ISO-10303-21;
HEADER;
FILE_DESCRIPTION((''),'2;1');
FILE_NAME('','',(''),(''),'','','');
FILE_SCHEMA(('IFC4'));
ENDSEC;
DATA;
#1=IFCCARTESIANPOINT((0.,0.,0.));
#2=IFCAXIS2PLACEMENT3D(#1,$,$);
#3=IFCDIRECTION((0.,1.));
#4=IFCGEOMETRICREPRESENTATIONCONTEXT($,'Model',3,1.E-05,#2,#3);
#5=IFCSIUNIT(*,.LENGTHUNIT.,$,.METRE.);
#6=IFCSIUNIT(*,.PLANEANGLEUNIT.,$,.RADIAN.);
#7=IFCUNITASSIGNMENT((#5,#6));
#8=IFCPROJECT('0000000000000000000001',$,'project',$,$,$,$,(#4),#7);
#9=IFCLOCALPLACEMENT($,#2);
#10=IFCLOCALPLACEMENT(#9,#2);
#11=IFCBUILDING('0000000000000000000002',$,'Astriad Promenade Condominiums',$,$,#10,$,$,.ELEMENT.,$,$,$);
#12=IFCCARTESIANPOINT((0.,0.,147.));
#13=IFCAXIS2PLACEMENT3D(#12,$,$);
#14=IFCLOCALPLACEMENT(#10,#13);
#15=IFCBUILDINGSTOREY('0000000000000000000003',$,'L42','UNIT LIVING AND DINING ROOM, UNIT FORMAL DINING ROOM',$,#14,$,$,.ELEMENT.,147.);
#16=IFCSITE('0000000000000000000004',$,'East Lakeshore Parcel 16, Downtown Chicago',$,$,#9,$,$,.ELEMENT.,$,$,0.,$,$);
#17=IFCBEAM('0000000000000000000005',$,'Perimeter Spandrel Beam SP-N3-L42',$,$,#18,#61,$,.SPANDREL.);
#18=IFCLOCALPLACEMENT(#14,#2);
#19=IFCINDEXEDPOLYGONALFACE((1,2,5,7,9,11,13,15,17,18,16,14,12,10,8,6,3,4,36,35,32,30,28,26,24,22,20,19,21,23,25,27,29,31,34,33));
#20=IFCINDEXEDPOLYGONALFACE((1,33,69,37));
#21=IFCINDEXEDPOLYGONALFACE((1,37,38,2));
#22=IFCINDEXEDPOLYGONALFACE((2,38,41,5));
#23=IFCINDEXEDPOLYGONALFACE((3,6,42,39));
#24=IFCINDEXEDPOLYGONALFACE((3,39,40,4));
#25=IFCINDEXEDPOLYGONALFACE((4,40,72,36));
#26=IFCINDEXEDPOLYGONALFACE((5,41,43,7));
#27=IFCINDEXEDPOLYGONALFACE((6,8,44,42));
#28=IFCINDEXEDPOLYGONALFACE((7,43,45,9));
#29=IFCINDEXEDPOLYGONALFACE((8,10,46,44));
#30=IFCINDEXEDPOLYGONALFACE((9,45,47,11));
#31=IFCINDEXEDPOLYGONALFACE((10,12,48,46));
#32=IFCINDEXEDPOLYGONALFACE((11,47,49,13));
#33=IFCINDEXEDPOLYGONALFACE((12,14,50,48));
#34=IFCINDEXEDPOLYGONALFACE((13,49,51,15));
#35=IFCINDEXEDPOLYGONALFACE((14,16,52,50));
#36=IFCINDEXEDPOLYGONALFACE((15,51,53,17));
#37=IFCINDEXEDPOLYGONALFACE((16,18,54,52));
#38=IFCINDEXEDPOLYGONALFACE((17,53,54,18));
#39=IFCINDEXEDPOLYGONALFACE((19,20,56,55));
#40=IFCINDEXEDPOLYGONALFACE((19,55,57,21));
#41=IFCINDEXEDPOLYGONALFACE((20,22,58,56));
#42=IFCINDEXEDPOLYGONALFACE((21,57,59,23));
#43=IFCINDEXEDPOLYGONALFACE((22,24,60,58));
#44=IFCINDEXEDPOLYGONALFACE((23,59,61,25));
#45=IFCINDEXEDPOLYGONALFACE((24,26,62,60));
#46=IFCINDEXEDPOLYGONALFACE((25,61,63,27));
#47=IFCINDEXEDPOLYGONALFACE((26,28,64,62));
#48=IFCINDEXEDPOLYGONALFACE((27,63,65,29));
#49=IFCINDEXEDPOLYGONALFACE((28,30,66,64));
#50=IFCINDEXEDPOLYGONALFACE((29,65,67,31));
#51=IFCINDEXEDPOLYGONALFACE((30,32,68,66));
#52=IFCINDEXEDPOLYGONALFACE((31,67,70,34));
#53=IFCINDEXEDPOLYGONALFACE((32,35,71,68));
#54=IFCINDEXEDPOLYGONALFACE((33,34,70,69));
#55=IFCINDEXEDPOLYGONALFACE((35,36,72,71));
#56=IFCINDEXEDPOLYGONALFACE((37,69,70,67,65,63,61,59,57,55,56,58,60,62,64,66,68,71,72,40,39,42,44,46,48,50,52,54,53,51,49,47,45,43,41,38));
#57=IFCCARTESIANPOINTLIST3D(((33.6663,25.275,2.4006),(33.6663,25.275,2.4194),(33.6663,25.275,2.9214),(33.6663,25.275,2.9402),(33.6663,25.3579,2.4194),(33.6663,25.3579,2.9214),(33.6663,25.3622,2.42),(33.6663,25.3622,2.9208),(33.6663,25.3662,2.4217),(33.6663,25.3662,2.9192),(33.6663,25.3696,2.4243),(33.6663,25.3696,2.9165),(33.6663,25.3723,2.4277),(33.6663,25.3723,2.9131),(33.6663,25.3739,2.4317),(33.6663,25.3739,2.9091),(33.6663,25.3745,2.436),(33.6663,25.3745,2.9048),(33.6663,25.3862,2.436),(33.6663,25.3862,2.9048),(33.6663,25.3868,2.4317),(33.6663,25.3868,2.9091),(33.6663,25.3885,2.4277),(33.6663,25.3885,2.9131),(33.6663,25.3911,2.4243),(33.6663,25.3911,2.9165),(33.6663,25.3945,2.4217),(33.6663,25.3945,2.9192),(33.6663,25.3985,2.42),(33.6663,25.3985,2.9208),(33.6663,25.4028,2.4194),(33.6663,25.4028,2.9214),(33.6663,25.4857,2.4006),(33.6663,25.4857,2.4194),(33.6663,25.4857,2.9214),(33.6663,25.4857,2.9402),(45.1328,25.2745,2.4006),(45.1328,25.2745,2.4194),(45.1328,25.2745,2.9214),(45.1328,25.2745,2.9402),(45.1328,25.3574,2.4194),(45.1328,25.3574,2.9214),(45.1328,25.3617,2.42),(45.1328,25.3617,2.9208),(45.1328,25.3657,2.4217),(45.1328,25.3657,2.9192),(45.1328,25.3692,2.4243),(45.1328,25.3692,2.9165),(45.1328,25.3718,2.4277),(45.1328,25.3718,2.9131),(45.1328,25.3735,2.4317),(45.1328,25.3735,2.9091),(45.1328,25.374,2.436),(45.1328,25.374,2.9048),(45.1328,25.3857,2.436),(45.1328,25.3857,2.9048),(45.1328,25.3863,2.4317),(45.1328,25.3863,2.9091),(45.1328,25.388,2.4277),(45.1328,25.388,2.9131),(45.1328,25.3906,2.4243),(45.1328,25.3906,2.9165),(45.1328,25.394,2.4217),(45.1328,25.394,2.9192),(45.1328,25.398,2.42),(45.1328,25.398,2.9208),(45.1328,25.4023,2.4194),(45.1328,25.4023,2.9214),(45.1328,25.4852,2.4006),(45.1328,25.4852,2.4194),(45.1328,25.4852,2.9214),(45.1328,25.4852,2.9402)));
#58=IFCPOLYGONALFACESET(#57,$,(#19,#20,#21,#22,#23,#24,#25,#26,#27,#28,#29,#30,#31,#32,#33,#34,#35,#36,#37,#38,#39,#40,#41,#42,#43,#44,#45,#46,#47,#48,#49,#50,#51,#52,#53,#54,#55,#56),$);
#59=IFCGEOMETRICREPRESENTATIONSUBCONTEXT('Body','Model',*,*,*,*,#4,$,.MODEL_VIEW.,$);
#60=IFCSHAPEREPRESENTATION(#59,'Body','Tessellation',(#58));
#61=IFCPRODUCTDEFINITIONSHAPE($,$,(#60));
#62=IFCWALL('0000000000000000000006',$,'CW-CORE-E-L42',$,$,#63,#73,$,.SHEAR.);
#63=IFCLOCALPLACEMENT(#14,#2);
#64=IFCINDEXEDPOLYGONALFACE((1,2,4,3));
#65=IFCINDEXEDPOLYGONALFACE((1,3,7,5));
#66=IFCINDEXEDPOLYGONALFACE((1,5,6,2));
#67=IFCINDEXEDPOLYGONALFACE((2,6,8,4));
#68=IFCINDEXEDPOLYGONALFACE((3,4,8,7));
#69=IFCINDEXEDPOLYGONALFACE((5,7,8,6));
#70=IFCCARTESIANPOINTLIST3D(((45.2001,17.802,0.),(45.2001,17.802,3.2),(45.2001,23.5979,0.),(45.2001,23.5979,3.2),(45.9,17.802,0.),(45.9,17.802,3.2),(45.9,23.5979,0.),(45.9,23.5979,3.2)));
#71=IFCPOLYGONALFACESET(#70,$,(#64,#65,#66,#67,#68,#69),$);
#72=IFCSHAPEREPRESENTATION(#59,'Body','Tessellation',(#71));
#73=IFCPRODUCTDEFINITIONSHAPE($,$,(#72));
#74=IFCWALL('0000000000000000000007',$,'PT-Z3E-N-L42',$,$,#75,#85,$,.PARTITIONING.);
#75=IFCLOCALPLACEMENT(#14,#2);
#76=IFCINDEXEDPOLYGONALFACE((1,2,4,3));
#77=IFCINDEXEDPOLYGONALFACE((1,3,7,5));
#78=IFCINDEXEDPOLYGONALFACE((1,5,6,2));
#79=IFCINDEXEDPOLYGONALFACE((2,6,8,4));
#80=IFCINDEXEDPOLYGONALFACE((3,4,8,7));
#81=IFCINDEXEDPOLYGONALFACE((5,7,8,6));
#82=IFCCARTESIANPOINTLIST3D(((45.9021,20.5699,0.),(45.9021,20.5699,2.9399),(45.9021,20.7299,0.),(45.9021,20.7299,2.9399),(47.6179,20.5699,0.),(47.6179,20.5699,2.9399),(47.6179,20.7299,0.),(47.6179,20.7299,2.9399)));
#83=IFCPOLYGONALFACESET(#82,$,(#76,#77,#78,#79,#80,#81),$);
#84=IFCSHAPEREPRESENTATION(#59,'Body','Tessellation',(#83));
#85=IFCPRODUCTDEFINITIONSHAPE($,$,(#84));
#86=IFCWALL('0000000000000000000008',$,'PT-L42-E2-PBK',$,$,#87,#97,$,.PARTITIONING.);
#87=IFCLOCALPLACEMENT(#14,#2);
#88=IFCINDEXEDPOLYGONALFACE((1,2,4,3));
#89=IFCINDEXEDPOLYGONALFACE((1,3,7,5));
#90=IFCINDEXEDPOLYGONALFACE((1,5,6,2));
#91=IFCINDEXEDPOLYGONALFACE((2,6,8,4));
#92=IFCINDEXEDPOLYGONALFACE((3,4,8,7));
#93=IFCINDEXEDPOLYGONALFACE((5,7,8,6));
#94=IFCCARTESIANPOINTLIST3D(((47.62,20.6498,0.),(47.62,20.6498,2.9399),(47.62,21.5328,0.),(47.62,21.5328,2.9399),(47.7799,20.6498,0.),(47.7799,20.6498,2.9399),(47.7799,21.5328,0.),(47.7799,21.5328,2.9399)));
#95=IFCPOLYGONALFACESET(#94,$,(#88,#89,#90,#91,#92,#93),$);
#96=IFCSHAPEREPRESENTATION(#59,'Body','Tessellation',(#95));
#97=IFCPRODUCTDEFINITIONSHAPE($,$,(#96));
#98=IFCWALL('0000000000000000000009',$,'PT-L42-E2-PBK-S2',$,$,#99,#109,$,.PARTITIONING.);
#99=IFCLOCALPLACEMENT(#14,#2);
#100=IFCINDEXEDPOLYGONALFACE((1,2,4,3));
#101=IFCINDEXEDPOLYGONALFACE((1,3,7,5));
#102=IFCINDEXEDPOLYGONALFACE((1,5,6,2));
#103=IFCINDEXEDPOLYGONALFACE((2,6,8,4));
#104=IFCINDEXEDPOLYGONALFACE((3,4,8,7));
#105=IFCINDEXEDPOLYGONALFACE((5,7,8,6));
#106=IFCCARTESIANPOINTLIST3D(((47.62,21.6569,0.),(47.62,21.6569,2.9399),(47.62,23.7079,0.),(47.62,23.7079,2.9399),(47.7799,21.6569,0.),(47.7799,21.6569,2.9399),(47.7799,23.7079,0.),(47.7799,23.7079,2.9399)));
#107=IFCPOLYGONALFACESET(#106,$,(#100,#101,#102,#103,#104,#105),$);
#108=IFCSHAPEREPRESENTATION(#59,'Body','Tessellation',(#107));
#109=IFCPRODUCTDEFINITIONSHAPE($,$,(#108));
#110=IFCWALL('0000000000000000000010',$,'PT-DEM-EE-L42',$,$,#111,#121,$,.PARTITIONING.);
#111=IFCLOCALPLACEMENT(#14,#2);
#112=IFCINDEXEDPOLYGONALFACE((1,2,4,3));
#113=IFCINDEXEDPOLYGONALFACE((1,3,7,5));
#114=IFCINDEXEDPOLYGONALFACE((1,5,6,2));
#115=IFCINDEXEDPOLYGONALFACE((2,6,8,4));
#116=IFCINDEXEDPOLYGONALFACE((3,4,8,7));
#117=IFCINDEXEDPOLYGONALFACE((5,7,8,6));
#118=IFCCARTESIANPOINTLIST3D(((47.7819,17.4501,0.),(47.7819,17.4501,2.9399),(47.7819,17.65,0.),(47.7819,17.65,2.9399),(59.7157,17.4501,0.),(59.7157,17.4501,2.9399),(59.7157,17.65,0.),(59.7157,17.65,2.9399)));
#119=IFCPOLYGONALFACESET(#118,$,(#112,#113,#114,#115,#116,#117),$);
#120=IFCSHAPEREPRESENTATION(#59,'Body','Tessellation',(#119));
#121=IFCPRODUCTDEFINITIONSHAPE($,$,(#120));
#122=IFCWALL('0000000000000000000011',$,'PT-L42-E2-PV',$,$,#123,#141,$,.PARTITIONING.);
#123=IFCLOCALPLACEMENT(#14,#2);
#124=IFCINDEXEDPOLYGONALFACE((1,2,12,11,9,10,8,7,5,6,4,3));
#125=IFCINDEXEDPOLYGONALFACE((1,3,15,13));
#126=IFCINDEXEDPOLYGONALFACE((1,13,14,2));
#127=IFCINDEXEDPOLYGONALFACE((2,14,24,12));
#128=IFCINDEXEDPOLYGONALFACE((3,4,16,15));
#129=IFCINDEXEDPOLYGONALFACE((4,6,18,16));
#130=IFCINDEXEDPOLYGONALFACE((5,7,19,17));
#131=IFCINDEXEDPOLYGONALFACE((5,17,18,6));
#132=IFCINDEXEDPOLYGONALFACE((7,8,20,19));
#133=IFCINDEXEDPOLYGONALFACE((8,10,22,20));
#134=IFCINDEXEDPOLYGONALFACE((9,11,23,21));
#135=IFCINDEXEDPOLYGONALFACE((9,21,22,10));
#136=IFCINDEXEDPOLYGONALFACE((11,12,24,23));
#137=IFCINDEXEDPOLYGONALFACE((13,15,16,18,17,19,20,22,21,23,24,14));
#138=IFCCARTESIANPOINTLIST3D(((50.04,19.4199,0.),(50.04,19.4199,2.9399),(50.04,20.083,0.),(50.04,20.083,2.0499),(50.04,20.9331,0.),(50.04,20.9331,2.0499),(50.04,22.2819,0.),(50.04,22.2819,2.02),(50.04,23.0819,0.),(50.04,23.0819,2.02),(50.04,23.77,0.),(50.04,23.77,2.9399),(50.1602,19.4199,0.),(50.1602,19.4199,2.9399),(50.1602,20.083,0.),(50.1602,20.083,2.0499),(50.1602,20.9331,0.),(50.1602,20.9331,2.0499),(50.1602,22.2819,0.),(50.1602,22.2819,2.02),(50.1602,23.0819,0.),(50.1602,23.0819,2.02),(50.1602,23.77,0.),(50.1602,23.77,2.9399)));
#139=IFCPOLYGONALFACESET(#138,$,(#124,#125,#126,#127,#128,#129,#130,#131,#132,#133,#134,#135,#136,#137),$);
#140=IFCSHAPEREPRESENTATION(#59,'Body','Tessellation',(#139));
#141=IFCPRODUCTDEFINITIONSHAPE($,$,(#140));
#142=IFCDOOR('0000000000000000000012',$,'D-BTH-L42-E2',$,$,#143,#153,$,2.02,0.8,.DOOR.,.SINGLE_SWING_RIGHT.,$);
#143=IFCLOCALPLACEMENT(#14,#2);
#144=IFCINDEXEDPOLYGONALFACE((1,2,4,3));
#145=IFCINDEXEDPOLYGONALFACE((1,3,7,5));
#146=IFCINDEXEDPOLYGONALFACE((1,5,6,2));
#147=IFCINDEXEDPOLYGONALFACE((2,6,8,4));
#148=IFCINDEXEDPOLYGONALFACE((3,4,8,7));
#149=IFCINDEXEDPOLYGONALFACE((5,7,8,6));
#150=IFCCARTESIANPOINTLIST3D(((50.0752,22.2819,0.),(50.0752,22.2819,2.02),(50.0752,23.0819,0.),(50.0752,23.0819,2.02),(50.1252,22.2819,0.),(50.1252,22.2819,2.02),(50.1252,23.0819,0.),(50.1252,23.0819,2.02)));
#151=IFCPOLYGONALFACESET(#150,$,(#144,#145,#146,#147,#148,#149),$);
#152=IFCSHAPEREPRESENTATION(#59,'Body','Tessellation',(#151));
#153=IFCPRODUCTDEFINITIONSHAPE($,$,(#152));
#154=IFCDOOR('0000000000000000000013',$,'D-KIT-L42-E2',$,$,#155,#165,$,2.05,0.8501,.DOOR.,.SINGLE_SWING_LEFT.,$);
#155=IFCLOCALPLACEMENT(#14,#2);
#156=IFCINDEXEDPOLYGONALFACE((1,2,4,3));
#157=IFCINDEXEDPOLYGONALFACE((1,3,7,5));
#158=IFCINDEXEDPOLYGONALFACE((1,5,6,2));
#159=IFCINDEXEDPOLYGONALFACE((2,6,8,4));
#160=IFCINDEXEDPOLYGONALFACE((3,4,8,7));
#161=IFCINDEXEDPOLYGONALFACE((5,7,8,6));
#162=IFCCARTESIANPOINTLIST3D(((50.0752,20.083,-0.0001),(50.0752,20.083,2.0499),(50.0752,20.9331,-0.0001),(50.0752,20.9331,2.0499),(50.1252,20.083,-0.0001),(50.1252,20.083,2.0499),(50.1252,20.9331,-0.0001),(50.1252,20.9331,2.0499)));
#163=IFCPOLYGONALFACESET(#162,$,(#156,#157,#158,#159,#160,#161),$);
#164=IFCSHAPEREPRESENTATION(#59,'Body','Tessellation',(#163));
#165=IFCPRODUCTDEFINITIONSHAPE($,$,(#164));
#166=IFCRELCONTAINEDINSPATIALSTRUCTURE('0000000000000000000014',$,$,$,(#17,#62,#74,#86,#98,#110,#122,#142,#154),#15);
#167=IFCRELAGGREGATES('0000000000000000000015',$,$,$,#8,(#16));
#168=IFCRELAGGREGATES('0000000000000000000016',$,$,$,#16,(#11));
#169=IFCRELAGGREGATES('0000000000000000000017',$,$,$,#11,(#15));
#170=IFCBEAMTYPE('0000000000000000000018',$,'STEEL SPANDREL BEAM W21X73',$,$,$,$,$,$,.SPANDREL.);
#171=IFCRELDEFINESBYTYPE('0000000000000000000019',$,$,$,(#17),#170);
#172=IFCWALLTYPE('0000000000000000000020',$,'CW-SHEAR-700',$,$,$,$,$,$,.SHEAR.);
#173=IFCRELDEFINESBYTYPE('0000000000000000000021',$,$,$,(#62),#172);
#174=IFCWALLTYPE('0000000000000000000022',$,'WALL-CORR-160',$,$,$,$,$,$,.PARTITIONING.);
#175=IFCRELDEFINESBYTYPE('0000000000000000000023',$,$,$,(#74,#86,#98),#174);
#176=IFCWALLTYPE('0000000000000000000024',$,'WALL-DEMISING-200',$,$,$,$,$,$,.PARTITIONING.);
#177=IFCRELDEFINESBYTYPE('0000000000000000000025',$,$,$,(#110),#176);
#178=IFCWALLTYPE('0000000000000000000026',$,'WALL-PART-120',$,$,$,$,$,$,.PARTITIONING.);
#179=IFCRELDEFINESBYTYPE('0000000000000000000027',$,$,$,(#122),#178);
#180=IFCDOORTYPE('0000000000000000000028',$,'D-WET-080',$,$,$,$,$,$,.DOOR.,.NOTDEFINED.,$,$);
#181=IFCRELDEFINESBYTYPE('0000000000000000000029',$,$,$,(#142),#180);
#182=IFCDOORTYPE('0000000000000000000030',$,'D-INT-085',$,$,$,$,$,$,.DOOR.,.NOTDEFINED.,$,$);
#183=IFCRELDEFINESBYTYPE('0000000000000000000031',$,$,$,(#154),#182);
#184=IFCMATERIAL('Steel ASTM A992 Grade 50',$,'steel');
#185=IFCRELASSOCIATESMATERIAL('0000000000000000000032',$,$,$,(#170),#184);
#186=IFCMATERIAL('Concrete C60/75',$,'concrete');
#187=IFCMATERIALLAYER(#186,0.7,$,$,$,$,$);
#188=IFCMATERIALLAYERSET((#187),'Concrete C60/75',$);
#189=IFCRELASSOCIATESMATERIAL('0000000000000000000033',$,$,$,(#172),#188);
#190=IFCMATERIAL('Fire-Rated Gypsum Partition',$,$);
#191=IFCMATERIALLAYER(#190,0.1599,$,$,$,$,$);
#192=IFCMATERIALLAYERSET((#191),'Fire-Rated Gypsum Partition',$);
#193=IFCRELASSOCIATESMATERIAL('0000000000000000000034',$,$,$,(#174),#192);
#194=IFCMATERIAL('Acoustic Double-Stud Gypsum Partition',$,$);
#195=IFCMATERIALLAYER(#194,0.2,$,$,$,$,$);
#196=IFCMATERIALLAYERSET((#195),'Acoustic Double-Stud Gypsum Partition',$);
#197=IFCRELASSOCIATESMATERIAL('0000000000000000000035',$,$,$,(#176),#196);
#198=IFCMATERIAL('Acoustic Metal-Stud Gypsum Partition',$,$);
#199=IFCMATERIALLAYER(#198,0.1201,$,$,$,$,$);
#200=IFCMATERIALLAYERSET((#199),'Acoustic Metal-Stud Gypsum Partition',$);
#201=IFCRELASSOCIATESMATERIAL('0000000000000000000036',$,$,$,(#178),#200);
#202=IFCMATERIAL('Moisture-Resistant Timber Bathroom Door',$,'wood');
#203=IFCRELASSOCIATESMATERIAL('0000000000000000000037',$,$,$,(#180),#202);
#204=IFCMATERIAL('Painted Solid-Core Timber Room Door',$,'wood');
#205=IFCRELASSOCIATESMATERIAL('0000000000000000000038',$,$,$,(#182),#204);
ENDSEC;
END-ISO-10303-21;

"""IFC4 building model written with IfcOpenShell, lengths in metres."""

from ifc_helpers import new_model, si_unit, direction, frame, frame_2d, origin, origin_2d, place, context, subcontext, project, spatial, rectangle, i_section, extrude, source, transform, mapped, material, layer, layer_set, material_profile, profile_set, type_object, type_shapes, element, fill, save


model = new_model("IFC4")

# Units and contexts
model_context = context("Model", 3, precision=1e-05, world=origin(), true_north=direction((0.0, 1.0)))
body_context = subcontext(model_context, "Body", "Model", "MODEL_VIEW")
ifc_project = project(units=[si_unit("LENGTHUNIT", "METRE"), si_unit("PLANEANGLEUNIT", "RADIAN")], contexts=[model_context])

# Site, building, storey
site_placement = place(None, origin())
site = spatial("IfcSite", under=ifc_project, at=site_placement, Name="East Lakeshore Parcel 16, Downtown Chicago", CompositionType="ELEMENT", RefElevation=0.0)
building_placement = place(site_placement, origin())
building = spatial("IfcBuilding", under=site, at=building_placement, Name="Astriad Promenade Condominiums", CompositionType="ELEMENT")
storey_placement = place(building_placement, frame((0.0, 0.0, 147.0)))
storey = spatial("IfcBuildingStorey", under=building, at=storey_placement, Name="L42", Description="UNIT LIVING AND DINING ROOM, UNIT FORMAL DINING ROOM", CompositionType="ELEMENT", Elevation=147.0)

# Shared definitions
ifc_material_1 = material(Name="Steel ASTM A992 Grade 50", Category="steel")
ifc_material_2 = material(Name="Concrete C60/75", Category="concrete")

# Beam
ifc_material_profile_1 = material_profile(ifc_material_1, i_section(OverallWidth=0.2107, OverallDepth=0.5396, WebThickness=0.0117, FlangeThickness=0.0188, FilletRadius=0.0166, at=origin_2d()), Name="W21X73")
ifc_profile_set_1 = profile_set([ifc_material_profile_1], Name="Steel ASTM A992 Grade 50")
beam_type_1 = type_object("IfcBeamType", Name="STEEL SPANDREL BEAM W21X73", PredefinedType="SPANDREL", material=ifc_profile_set_1)
shared_shape_1 = source(origin(), body_context, "Body", "SweptSolid", [
    extrude(i_section(OverallWidth=0.2107, OverallDepth=0.5396, WebThickness=0.0117, FlangeThickness=0.0188, FilletRadius=0.0166, at=origin_2d()), origin(), (0.0, 0.0, 1.0), 11.4666),
])
type_shapes(beam_type_1, [shared_shape_1])
beam_1_placement = place(storey_placement, frame((45.1328, 25.3799, 2.6704), z_axis=(-1.0, 0.000043, 0.0), x_axis=(-0.000043, -1.0, 0.0)))
element("IfcBeam", 1, at=beam_1_placement, inside=storey, type_object=beam_type_1, Name="Perimeter Spandrel Beam SP-N3-L42", PredefinedType="SPANDREL", context=body_context, shape_type="MappedRepresentation", body=[
    mapped(shared_shape_1, transform((0.0, 0.0, 0.0), scale=1.0)),
])

# Walls
ifc_layer_1 = layer(ifc_material_2, 0.7)
ifc_layer_set_1 = layer_set([ifc_layer_1], Name="Concrete C60/75")
wall_type_1 = type_object("IfcWallType", Name="CW-SHEAR-700", PredefinedType="SHEAR", material=ifc_layer_set_1)
wall_1_placement = place(storey_placement, frame((45.55, 17.802, 0.0), z_axis=(0.0, 0.0, 1.0), x_axis=(0.0, 1.0, 0.0)))
element("IfcWall", 2, at=wall_1_placement, inside=storey, type_object=wall_type_1, Name="CW-CORE-E-L42", PredefinedType="SHEAR", context=body_context, shape_type="SweptSolid", body=[
    extrude(rectangle(XDim=5.7959, YDim=0.7, at=frame_2d((2.8979, 0.0))), origin(), (0.0, 0.0, 1.0), 3.2),
])
ifc_material_3 = material(Name="Fire-Rated Gypsum Partition")
ifc_layer_2 = layer(ifc_material_3, 0.1599)
ifc_layer_set_2 = layer_set([ifc_layer_2], Name="Fire-Rated Gypsum Partition")
wall_type_2 = type_object("IfcWallType", Name="WALL-CORR-160", PredefinedType="PARTITIONING", material=ifc_layer_set_2)
wall_2_placement = place(storey_placement, frame((45.9021, 20.6499, 0.0), z_axis=(0.0, 0.0, 1.0), x_axis=(1.0, 0.0, 0.0)))
element("IfcWall", 3, at=wall_2_placement, inside=storey, type_object=wall_type_2, Name="PT-Z3E-N-L42", PredefinedType="PARTITIONING", context=body_context, shape_type="SweptSolid", body=[
    extrude(rectangle(XDim=1.7158, YDim=0.1599, at=frame_2d((0.8579, 0.0))), origin(), (0.0, 0.0, 1.0), 2.9399),
])
wall_3_placement = place(storey_placement, frame((47.7, 20.6499, 0.0), z_axis=(0.0, 0.0, 1.0), x_axis=(0.0, 1.0, 0.0)))
element("IfcWall", 4, at=wall_3_placement, inside=storey, type_object=wall_type_2, Name="PT-L42-E2-PBK", PredefinedType="PARTITIONING", context=body_context, shape_type="SweptSolid", body=[
    extrude(rectangle(XDim=0.8831, YDim=0.1599, at=frame_2d((0.4414, 0.0))), origin(), (0.0, 0.0, 1.0), 2.9399),
])
wall_4_placement = place(storey_placement, frame((47.7, 21.657, 0.0), z_axis=(0.0, 0.0, 1.0), x_axis=(0.0, 1.0, 0.0)))
element("IfcWall", 5, at=wall_4_placement, inside=storey, type_object=wall_type_2, Name="PT-L42-E2-PBK-S2", PredefinedType="PARTITIONING", context=body_context, shape_type="SweptSolid", body=[
    extrude(rectangle(XDim=2.051, YDim=0.1599, at=frame_2d((1.0254, 0.0))), origin(), (0.0, 0.0, 1.0), 2.9399),
])
ifc_material_4 = material(Name="Acoustic Double-Stud Gypsum Partition")
ifc_layer_3 = layer(ifc_material_4, 0.2)
ifc_layer_set_3 = layer_set([ifc_layer_3], Name="Acoustic Double-Stud Gypsum Partition")
wall_type_3 = type_object("IfcWallType", Name="WALL-DEMISING-200", PredefinedType="PARTITIONING", material=ifc_layer_set_3)
wall_5_placement = place(storey_placement, frame((47.782, 17.55, 0.0), z_axis=(0.0, 0.0, 1.0), x_axis=(1.0, 0.0, 0.0)))
element("IfcWall", 6, at=wall_5_placement, inside=storey, type_object=wall_type_3, Name="PT-DEM-EE-L42", PredefinedType="PARTITIONING", context=body_context, shape_type="SweptSolid", body=[
    extrude(rectangle(XDim=11.9338, YDim=0.2, at=frame_2d((5.9668, 0.0))), origin(), (0.0, 0.0, 1.0), 2.9399),
])

# Wall, openings, doors
ifc_material_5 = material(Name="Acoustic Metal-Stud Gypsum Partition")
ifc_layer_4 = layer(ifc_material_5, 0.1201)
ifc_layer_set_4 = layer_set([ifc_layer_4], Name="Acoustic Metal-Stud Gypsum Partition")
wall_type_4 = type_object("IfcWallType", Name="WALL-PART-120", PredefinedType="PARTITIONING", material=ifc_layer_set_4)
wall_6_placement = place(storey_placement, frame((50.1001, 19.4199, 0.0), z_axis=(0.0, 0.0, 1.0), x_axis=(0.0, 1.0, 0.0)))
wall_6 = element("IfcWall", 7, at=wall_6_placement, inside=storey, type_object=wall_type_4, Name="PT-L42-E2-PV", PredefinedType="PARTITIONING", context=body_context, shape_type="SweptSolid", body=[
    extrude(rectangle(XDim=4.3501, YDim=0.1201, at=frame_2d((2.175, 0.0))), origin(), (0.0, 0.0, 1.0), 2.9399),
])
opening_1_placement = place(wall_6_placement, frame((0.6631, 0.0, 0.0)))
opening_1 = element("IfcOpeningElement", 8, at=opening_1_placement, cuts=wall_6, PredefinedType="OPENING", context=body_context, shape_type="SweptSolid", body=[
    extrude(rectangle(XDim=0.8501, YDim=2.05, at=frame_2d((0.425, 1.0249))), frame((0.0, 0.0701, 0.0), z_axis=(0.0, -1.0, 0.0), x_axis=(1.0, 0.0, 0.0)), (0.0, 0.0, 1.0), 0.1401),
])
opening_2_placement = place(wall_6_placement, frame((2.8621, 0.0, 0.0)))
opening_2 = element("IfcOpeningElement", 9, at=opening_2_placement, cuts=wall_6, PredefinedType="OPENING", context=body_context, shape_type="SweptSolid", body=[
    extrude(rectangle(XDim=0.8, YDim=2.02, at=frame_2d((0.3999, 1.01))), frame((0.0, 0.0701, 0.0), z_axis=(0.0, -1.0, 0.0), x_axis=(1.0, 0.0, 0.0)), (0.0, 0.0, 1.0), 0.1401),
])
ifc_material_6 = material(Name="Moisture-Resistant Timber Bathroom Door", Category="wood")
door_type_1 = type_object("IfcDoorType", Name="D-WET-080", OperationType="NOTDEFINED", PredefinedType="DOOR", material=ifc_material_6)
shared_shape_2 = source(origin(), body_context, "Body", "SweptSolid", [
    extrude(rectangle(XDim=0.8, YDim=2.02, at=frame_2d((0.3999, 1.01))), frame((0.0, 0.0249, 0.0), z_axis=(0.0, -1.0, 0.0), x_axis=(1.0, 0.0, 0.0)), (0.0, 0.0, 1.0), 0.05),
])
type_shapes(door_type_1, [shared_shape_2])
door_1_placement = place(opening_2_placement, origin())
door_1 = element("IfcDoor", 10, at=door_1_placement, inside=storey, type_object=door_type_1, Name="D-BTH-L42-E2", OperationType="SINGLE_SWING_RIGHT", OverallHeight=2.02, OverallWidth=0.8, PredefinedType="DOOR", context=body_context, shape_type="MappedRepresentation", body=[
    mapped(shared_shape_2, transform((0.0, 0.0, 0.0), scale=1.0)),
])
fill(opening_2, door_1)
ifc_material_7 = material(Name="Painted Solid-Core Timber Room Door", Category="wood")
door_type_2 = type_object("IfcDoorType", Name="D-INT-085", OperationType="NOTDEFINED", PredefinedType="DOOR", material=ifc_material_7)
shared_shape_3 = source(origin(), body_context, "Body", "SweptSolid", [
    extrude(rectangle(XDim=0.8501, YDim=2.05, at=frame_2d((0.425, 1.0249))), frame((0.0, 0.0249, 0.0), z_axis=(0.0, -1.0, 0.0), x_axis=(1.0, 0.0, 0.0)), (0.0, 0.0, 1.0), 0.05),
])
type_shapes(door_type_2, [shared_shape_3])
door_2_placement = place(opening_1_placement, origin())
door_2 = element("IfcDoor", 11, at=door_2_placement, inside=storey, type_object=door_type_2, Name="D-KIT-L42-E2", OperationType="SINGLE_SWING_LEFT", OverallHeight=2.05, OverallWidth=0.8501, PredefinedType="DOOR", context=body_context, shape_type="MappedRepresentation", body=[
    mapped(shared_shape_3, transform((0.0, 0.0, 0.0), scale=1.0)),
])
fill(opening_1, door_2)

save(model, "model.ifc")
